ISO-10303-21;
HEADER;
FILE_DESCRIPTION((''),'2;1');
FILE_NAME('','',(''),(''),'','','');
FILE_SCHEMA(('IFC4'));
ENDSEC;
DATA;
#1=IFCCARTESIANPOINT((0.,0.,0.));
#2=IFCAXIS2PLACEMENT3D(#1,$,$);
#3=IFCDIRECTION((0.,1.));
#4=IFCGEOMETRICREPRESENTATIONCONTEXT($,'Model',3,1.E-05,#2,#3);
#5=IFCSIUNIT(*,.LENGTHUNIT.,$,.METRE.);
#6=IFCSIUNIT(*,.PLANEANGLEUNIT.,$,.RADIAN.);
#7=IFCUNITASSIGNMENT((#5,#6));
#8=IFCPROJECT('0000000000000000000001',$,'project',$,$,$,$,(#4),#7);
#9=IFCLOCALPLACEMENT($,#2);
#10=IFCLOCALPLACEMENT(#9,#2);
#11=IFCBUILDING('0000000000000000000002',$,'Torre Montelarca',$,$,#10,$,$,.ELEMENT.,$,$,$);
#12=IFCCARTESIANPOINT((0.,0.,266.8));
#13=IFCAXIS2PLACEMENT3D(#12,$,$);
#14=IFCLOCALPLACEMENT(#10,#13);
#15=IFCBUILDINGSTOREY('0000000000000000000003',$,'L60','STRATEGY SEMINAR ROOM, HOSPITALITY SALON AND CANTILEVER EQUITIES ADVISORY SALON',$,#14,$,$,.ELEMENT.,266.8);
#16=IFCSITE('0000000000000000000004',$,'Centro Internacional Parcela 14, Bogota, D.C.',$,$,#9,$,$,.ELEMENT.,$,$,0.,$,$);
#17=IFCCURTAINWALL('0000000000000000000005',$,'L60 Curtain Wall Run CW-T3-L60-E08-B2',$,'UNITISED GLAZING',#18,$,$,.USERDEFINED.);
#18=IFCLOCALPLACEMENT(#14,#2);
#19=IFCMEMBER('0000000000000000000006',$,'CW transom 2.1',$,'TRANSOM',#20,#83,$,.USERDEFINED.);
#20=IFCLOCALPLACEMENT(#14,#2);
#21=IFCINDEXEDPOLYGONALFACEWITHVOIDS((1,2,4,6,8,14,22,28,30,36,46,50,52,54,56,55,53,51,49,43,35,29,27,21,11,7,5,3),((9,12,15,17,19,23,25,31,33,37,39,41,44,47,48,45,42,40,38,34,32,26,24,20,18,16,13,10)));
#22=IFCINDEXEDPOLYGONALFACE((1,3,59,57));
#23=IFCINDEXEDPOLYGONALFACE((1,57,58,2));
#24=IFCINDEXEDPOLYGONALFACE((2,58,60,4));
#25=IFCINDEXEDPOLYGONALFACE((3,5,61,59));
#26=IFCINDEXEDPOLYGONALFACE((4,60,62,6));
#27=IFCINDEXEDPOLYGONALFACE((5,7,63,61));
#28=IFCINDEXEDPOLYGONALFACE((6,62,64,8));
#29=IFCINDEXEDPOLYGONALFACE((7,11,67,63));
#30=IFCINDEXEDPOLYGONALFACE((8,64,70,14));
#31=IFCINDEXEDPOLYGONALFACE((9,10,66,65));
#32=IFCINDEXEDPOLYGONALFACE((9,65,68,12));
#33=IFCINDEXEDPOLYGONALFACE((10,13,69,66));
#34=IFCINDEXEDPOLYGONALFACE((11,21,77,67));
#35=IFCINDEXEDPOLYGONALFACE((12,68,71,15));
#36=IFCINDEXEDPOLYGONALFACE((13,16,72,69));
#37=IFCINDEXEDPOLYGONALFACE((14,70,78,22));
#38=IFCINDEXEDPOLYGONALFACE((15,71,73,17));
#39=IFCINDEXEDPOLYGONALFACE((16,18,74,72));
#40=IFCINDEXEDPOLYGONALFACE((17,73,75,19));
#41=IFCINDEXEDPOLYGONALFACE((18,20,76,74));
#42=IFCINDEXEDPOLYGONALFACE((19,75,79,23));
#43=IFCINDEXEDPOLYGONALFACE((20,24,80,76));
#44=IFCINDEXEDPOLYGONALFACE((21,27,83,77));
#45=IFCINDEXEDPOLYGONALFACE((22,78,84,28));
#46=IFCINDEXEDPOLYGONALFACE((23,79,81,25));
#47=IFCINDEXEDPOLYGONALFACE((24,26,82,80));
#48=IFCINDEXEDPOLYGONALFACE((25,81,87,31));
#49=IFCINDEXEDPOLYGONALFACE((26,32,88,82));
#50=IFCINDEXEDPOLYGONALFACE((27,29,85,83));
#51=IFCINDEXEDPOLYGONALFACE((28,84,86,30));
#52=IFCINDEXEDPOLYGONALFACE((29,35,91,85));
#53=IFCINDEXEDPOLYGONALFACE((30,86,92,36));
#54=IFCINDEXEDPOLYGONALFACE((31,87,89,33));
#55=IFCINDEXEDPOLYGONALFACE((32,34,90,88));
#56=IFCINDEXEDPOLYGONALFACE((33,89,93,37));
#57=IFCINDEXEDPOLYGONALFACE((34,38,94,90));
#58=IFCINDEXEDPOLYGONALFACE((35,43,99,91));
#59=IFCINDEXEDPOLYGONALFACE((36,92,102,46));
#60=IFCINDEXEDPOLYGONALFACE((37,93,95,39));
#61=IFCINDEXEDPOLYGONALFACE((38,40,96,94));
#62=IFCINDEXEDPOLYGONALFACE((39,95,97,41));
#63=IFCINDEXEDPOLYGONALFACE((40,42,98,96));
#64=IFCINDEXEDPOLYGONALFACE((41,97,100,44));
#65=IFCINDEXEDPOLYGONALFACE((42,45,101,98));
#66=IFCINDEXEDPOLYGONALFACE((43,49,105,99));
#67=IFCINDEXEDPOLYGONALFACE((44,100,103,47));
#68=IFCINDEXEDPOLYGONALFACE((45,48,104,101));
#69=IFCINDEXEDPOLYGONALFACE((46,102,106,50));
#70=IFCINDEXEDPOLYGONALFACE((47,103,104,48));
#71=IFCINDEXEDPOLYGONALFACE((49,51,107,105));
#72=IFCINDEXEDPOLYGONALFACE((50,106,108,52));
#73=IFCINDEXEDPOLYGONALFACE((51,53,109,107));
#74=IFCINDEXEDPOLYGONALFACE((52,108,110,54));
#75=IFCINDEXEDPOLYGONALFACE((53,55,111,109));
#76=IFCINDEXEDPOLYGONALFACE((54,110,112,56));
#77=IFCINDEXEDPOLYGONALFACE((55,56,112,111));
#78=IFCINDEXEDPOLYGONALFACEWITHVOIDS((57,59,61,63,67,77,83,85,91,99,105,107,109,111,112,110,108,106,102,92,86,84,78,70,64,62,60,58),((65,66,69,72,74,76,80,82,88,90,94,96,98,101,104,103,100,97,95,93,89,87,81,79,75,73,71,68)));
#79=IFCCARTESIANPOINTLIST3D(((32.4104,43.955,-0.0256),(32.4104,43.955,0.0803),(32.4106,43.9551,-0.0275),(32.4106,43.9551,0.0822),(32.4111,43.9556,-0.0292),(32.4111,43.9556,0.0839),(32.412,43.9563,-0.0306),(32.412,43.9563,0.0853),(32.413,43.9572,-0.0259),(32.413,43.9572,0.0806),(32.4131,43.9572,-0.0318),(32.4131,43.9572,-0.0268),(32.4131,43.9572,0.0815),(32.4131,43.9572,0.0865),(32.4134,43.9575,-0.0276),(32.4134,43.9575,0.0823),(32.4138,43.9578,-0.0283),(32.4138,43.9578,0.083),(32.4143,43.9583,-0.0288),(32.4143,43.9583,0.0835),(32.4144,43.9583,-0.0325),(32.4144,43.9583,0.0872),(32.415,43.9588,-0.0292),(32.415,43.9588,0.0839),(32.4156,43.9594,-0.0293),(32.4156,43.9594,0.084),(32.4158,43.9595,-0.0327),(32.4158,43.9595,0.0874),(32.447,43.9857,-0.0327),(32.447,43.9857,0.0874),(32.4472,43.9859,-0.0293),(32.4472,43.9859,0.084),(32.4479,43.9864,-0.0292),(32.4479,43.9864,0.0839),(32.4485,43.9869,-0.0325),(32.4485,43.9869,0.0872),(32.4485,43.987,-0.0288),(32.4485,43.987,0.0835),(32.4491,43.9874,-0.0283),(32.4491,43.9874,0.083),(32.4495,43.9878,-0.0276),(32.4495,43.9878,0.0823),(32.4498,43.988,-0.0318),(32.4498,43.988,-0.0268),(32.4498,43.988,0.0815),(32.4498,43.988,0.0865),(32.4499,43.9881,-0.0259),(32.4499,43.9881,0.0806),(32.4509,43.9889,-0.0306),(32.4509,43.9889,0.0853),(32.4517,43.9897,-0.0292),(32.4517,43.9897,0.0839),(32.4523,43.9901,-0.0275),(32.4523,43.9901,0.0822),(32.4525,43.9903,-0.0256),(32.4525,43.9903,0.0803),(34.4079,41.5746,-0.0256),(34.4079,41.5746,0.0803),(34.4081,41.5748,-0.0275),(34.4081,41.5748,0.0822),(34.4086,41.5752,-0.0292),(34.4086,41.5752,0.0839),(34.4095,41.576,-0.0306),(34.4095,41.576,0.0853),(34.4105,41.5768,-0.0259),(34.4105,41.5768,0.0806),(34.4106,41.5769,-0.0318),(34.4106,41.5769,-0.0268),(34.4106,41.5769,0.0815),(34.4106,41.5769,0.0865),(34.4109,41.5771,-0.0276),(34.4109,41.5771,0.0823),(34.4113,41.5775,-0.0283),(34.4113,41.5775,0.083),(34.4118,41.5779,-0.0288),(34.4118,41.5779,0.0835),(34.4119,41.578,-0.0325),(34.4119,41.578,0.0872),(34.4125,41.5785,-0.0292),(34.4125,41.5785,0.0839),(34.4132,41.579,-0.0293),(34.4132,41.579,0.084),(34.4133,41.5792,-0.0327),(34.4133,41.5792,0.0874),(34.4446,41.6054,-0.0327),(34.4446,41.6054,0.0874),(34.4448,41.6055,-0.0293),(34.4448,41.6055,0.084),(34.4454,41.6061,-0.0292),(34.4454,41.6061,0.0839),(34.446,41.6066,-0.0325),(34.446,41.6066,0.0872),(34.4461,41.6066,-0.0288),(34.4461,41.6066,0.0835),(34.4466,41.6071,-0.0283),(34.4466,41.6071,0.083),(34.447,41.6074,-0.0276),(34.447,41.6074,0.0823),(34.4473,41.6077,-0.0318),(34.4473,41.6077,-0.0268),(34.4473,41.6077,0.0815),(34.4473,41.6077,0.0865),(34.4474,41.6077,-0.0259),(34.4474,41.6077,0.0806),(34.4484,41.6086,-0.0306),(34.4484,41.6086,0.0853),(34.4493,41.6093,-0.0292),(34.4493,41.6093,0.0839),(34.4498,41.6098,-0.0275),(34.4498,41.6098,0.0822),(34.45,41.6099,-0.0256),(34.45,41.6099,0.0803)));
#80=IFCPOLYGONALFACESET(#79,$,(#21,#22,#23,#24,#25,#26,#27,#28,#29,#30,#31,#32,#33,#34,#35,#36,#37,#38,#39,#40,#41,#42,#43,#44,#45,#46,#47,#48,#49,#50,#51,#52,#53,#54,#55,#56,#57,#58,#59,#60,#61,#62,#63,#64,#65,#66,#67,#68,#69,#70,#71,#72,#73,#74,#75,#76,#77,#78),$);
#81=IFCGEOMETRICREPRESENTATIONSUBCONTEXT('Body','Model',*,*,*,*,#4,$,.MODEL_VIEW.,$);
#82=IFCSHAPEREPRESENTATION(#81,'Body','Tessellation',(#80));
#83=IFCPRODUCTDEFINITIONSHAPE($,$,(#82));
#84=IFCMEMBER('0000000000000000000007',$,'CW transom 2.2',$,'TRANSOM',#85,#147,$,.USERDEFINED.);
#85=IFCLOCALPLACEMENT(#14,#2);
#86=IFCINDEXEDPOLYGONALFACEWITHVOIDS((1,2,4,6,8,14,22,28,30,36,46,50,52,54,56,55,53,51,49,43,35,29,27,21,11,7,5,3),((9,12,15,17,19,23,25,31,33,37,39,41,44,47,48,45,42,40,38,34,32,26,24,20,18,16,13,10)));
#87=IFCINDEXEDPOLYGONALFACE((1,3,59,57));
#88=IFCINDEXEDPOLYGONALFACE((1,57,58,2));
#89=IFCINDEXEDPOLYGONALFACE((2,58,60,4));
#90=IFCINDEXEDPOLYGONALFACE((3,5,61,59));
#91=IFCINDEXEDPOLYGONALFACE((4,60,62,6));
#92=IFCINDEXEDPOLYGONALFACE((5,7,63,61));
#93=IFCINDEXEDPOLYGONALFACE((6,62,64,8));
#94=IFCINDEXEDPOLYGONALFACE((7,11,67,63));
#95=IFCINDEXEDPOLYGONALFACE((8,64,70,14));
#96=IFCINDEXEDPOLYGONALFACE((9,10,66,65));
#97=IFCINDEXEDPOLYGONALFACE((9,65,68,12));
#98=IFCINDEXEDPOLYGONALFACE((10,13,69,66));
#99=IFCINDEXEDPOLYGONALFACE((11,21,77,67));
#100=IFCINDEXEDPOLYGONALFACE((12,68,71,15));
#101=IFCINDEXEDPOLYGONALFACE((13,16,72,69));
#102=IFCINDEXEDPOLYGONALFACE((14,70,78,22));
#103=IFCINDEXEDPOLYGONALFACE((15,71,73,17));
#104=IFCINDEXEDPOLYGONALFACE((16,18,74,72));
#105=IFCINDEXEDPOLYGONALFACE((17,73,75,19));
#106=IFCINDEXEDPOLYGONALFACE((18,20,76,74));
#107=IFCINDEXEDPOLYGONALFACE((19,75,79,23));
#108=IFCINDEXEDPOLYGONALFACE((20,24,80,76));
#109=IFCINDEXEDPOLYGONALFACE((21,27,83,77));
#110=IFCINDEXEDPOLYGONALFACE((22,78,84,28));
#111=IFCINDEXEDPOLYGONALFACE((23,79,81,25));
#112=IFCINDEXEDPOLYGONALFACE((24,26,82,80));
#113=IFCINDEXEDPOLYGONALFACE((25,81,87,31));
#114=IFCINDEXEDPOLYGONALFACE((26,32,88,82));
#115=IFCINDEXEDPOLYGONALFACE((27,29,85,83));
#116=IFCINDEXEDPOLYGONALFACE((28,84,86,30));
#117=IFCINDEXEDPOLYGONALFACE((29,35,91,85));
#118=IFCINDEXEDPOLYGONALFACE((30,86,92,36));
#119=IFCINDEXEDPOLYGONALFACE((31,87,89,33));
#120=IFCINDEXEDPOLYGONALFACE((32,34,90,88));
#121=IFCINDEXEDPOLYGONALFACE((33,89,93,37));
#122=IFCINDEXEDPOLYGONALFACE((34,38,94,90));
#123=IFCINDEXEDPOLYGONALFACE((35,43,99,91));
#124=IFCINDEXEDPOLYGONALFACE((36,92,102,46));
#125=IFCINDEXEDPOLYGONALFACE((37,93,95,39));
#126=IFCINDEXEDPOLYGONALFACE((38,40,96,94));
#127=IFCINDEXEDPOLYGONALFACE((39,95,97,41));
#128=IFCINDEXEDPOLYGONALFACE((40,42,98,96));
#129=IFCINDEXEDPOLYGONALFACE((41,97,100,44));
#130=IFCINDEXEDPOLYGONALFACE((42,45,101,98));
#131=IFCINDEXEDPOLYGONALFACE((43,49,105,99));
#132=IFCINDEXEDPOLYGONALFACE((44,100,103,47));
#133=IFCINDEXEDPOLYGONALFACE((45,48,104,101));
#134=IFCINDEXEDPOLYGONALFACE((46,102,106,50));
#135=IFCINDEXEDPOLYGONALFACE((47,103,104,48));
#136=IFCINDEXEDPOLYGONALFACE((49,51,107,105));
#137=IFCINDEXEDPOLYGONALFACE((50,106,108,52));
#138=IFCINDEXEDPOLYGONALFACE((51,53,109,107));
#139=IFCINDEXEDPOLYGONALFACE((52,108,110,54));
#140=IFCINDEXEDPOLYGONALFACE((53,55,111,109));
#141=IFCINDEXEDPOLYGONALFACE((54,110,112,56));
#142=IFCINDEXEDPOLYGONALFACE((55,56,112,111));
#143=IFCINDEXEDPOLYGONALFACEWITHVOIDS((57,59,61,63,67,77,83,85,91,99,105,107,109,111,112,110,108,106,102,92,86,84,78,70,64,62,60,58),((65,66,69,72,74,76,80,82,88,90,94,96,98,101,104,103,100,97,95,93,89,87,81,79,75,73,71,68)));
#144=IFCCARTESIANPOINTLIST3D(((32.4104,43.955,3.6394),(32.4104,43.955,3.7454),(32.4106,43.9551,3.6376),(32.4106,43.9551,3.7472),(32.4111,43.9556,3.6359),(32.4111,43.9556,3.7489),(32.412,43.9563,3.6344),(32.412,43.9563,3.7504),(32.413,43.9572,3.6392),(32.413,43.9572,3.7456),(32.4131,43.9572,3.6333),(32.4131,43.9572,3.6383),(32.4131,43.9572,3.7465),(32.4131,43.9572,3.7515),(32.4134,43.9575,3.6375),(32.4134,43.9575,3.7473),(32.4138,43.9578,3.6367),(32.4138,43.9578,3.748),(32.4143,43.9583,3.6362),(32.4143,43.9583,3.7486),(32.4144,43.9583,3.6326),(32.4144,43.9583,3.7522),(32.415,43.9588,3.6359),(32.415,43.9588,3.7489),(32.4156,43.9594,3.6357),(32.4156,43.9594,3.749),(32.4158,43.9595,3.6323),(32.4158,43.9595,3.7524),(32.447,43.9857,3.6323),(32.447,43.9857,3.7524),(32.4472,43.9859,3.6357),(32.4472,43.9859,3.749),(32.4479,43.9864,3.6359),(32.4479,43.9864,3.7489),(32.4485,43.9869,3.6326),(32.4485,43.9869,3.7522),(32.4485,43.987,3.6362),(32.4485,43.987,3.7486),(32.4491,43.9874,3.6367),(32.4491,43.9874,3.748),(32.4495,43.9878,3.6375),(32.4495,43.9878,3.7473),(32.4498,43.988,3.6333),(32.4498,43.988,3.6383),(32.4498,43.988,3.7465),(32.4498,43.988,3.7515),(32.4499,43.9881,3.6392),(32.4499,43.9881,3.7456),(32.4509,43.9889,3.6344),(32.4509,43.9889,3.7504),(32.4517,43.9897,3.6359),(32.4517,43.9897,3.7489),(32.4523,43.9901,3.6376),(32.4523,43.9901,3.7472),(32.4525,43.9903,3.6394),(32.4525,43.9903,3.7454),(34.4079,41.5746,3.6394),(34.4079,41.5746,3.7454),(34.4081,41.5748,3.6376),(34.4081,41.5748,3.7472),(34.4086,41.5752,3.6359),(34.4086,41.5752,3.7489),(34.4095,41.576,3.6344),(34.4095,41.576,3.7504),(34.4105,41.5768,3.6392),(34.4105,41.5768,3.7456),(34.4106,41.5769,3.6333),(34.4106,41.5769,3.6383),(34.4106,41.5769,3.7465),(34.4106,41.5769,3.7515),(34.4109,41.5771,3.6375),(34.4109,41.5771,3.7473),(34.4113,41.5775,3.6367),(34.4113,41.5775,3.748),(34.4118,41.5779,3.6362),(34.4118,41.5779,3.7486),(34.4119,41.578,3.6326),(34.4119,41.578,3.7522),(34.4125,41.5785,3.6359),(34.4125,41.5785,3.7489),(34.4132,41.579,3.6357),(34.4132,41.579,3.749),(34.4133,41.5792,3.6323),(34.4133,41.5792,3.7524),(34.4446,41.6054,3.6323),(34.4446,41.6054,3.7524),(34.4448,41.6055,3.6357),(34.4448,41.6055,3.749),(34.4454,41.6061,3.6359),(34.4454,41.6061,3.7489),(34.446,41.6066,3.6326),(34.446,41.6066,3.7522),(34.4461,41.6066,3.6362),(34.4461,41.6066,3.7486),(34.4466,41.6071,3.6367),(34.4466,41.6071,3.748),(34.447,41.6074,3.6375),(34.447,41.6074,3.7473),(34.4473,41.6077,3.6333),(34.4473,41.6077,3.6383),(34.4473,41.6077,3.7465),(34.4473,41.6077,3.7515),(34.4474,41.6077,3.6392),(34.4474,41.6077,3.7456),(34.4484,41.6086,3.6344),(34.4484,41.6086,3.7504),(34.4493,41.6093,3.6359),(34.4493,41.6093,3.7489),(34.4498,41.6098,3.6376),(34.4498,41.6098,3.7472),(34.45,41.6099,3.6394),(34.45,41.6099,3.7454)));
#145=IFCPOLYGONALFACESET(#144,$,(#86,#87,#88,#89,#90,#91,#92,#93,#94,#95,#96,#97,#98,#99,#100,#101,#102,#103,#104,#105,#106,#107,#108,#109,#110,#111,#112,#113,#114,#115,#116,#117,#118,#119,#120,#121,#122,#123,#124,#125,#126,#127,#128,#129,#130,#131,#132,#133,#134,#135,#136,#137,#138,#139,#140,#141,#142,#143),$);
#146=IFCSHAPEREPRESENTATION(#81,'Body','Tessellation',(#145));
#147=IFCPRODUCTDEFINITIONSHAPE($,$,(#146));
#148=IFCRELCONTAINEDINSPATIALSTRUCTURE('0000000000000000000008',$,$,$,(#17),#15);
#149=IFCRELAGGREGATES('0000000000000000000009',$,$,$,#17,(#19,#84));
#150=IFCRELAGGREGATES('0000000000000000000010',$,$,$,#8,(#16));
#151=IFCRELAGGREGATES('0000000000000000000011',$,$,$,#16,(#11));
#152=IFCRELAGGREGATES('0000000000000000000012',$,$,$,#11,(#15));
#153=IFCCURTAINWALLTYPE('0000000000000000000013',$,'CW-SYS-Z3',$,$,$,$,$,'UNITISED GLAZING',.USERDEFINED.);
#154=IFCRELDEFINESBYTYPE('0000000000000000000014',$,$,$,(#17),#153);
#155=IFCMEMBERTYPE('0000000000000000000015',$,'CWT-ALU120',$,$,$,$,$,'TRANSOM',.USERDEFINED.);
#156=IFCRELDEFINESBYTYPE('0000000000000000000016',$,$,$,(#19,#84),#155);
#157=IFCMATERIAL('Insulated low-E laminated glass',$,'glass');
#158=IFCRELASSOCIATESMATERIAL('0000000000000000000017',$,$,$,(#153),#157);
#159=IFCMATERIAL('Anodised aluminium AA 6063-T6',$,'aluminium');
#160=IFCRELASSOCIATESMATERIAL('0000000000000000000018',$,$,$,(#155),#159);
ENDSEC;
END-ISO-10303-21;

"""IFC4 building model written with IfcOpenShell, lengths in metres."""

from ifc_helpers import new_model, si_unit, direction, frame, origin, origin_2d, place, context, subcontext, project, spatial, hollow_rectangle, extrude, source, transform, mapped, material, material_profile, profile_set, type_object, element, aggregate, save


model = new_model("IFC4")

# Units and contexts
model_context = context("Model", 3, precision=1e-05, world=origin(), true_north=direction((0.0, 1.0)))
body_context = subcontext(model_context, "Body", "Model", "MODEL_VIEW")
ifc_project = project(units=[si_unit("LENGTHUNIT", "METRE"), si_unit("PLANEANGLEUNIT", "RADIAN")], contexts=[model_context])

# Site, building, storey
site_placement = place(None, origin())
site = spatial("IfcSite", under=ifc_project, at=site_placement, Name="Centro Internacional Parcela 14, Bogota, D.C.", CompositionType="ELEMENT", RefElevation=0.0)
building_placement = place(site_placement, origin())
building = spatial("IfcBuilding", under=site, at=building_placement, Name="Torre Montelarca", CompositionType="ELEMENT")
storey_placement = place(building_placement, frame((0.0, 0.0, 266.8)))
storey = spatial("IfcBuildingStorey", under=building, at=storey_placement, Name="L60", Description="STRATEGY SEMINAR ROOM, HOSPITALITY SALON AND CANTILEVER EQUITIES ADVISORY SALON", CompositionType="ELEMENT", Elevation=266.8)

# Curtain wall
ifc_material_1 = material(Name="Insulated low-E laminated glass", Category="glass")
curtain_wall_type = type_object("IfcCurtainWallType", Name="CW-SYS-Z3", ElementType="UNITISED GLAZING", PredefinedType="USERDEFINED", material=ifc_material_1)
ifc_material_2 = material(Name="Anodised aluminium AA 6063-T6", Category="aluminium")
curtain_wall_1_placement = place(storey_placement, origin())
curtain_wall_1 = element("IfcCurtainWall", 1, at=curtain_wall_1_placement, inside=storey, type_object=curtain_wall_type, Name="L60 Curtain Wall Run CW-T3-L60-E08-B2", ObjectType="UNITISED GLAZING", PredefinedType="USERDEFINED")

# Members
ifc_material_profile_1 = material_profile(ifc_material_2, hollow_rectangle(XDim=0.0549, YDim=0.1201, WallThickness=0.0034, InnerFilletRadius=0.0034, OuterFilletRadius=0.0071, at=origin_2d()), Name="ALU55X120X3.5", Category="aluminium")
ifc_profile_set_1 = profile_set([ifc_material_profile_1], Name="Anodised aluminium AA 6063-T6")
member_type_1 = type_object("IfcMemberType", Name="CWT-ALU120", ElementType="TRANSOM", PredefinedType="USERDEFINED", material=ifc_profile_set_1)
shared_shape_1 = source(origin(), body_context, "Body", "SweptSolid", [
    extrude(hollow_rectangle(XDim=0.0549, YDim=0.1201, WallThickness=0.0034, InnerFilletRadius=0.0034, OuterFilletRadius=0.0071, at=origin_2d()), origin(), (0.0, 0.0, 1.0), 3.1074),
])
member_1_placement = place(storey_placement, frame((34.429, 41.5923, 0.0273), z_axis=(-0.642824, 0.766014, 0.0), x_axis=(-0.766014, -0.642824, 0.0)))
member_1 = element("IfcMember", 2, at=member_1_placement, type_object=member_type_1, Name="CW transom 2.1", ObjectType="TRANSOM", PredefinedType="USERDEFINED", context=body_context, shape_type="MappedRepresentation", body=[
    mapped(shared_shape_1, transform((0.0, 0.0, 0.0), scale=1.0)),
])
member_2_placement = place(storey_placement, frame((34.429, 41.5923, 3.6924), z_axis=(-0.642824, 0.766014, 0.0), x_axis=(-0.766014, -0.642824, 0.0)))
member_2 = element("IfcMember", 3, at=member_2_placement, type_object=member_type_1, Name="CW transom 2.2", ObjectType="TRANSOM", PredefinedType="USERDEFINED", context=body_context, shape_type="MappedRepresentation", body=[
    mapped(shared_shape_1, transform((0.0, 0.0, 0.0), scale=1.0)),
])

aggregate(curtain_wall_1, [member_1, member_2])

save(model, "model.ifc")
